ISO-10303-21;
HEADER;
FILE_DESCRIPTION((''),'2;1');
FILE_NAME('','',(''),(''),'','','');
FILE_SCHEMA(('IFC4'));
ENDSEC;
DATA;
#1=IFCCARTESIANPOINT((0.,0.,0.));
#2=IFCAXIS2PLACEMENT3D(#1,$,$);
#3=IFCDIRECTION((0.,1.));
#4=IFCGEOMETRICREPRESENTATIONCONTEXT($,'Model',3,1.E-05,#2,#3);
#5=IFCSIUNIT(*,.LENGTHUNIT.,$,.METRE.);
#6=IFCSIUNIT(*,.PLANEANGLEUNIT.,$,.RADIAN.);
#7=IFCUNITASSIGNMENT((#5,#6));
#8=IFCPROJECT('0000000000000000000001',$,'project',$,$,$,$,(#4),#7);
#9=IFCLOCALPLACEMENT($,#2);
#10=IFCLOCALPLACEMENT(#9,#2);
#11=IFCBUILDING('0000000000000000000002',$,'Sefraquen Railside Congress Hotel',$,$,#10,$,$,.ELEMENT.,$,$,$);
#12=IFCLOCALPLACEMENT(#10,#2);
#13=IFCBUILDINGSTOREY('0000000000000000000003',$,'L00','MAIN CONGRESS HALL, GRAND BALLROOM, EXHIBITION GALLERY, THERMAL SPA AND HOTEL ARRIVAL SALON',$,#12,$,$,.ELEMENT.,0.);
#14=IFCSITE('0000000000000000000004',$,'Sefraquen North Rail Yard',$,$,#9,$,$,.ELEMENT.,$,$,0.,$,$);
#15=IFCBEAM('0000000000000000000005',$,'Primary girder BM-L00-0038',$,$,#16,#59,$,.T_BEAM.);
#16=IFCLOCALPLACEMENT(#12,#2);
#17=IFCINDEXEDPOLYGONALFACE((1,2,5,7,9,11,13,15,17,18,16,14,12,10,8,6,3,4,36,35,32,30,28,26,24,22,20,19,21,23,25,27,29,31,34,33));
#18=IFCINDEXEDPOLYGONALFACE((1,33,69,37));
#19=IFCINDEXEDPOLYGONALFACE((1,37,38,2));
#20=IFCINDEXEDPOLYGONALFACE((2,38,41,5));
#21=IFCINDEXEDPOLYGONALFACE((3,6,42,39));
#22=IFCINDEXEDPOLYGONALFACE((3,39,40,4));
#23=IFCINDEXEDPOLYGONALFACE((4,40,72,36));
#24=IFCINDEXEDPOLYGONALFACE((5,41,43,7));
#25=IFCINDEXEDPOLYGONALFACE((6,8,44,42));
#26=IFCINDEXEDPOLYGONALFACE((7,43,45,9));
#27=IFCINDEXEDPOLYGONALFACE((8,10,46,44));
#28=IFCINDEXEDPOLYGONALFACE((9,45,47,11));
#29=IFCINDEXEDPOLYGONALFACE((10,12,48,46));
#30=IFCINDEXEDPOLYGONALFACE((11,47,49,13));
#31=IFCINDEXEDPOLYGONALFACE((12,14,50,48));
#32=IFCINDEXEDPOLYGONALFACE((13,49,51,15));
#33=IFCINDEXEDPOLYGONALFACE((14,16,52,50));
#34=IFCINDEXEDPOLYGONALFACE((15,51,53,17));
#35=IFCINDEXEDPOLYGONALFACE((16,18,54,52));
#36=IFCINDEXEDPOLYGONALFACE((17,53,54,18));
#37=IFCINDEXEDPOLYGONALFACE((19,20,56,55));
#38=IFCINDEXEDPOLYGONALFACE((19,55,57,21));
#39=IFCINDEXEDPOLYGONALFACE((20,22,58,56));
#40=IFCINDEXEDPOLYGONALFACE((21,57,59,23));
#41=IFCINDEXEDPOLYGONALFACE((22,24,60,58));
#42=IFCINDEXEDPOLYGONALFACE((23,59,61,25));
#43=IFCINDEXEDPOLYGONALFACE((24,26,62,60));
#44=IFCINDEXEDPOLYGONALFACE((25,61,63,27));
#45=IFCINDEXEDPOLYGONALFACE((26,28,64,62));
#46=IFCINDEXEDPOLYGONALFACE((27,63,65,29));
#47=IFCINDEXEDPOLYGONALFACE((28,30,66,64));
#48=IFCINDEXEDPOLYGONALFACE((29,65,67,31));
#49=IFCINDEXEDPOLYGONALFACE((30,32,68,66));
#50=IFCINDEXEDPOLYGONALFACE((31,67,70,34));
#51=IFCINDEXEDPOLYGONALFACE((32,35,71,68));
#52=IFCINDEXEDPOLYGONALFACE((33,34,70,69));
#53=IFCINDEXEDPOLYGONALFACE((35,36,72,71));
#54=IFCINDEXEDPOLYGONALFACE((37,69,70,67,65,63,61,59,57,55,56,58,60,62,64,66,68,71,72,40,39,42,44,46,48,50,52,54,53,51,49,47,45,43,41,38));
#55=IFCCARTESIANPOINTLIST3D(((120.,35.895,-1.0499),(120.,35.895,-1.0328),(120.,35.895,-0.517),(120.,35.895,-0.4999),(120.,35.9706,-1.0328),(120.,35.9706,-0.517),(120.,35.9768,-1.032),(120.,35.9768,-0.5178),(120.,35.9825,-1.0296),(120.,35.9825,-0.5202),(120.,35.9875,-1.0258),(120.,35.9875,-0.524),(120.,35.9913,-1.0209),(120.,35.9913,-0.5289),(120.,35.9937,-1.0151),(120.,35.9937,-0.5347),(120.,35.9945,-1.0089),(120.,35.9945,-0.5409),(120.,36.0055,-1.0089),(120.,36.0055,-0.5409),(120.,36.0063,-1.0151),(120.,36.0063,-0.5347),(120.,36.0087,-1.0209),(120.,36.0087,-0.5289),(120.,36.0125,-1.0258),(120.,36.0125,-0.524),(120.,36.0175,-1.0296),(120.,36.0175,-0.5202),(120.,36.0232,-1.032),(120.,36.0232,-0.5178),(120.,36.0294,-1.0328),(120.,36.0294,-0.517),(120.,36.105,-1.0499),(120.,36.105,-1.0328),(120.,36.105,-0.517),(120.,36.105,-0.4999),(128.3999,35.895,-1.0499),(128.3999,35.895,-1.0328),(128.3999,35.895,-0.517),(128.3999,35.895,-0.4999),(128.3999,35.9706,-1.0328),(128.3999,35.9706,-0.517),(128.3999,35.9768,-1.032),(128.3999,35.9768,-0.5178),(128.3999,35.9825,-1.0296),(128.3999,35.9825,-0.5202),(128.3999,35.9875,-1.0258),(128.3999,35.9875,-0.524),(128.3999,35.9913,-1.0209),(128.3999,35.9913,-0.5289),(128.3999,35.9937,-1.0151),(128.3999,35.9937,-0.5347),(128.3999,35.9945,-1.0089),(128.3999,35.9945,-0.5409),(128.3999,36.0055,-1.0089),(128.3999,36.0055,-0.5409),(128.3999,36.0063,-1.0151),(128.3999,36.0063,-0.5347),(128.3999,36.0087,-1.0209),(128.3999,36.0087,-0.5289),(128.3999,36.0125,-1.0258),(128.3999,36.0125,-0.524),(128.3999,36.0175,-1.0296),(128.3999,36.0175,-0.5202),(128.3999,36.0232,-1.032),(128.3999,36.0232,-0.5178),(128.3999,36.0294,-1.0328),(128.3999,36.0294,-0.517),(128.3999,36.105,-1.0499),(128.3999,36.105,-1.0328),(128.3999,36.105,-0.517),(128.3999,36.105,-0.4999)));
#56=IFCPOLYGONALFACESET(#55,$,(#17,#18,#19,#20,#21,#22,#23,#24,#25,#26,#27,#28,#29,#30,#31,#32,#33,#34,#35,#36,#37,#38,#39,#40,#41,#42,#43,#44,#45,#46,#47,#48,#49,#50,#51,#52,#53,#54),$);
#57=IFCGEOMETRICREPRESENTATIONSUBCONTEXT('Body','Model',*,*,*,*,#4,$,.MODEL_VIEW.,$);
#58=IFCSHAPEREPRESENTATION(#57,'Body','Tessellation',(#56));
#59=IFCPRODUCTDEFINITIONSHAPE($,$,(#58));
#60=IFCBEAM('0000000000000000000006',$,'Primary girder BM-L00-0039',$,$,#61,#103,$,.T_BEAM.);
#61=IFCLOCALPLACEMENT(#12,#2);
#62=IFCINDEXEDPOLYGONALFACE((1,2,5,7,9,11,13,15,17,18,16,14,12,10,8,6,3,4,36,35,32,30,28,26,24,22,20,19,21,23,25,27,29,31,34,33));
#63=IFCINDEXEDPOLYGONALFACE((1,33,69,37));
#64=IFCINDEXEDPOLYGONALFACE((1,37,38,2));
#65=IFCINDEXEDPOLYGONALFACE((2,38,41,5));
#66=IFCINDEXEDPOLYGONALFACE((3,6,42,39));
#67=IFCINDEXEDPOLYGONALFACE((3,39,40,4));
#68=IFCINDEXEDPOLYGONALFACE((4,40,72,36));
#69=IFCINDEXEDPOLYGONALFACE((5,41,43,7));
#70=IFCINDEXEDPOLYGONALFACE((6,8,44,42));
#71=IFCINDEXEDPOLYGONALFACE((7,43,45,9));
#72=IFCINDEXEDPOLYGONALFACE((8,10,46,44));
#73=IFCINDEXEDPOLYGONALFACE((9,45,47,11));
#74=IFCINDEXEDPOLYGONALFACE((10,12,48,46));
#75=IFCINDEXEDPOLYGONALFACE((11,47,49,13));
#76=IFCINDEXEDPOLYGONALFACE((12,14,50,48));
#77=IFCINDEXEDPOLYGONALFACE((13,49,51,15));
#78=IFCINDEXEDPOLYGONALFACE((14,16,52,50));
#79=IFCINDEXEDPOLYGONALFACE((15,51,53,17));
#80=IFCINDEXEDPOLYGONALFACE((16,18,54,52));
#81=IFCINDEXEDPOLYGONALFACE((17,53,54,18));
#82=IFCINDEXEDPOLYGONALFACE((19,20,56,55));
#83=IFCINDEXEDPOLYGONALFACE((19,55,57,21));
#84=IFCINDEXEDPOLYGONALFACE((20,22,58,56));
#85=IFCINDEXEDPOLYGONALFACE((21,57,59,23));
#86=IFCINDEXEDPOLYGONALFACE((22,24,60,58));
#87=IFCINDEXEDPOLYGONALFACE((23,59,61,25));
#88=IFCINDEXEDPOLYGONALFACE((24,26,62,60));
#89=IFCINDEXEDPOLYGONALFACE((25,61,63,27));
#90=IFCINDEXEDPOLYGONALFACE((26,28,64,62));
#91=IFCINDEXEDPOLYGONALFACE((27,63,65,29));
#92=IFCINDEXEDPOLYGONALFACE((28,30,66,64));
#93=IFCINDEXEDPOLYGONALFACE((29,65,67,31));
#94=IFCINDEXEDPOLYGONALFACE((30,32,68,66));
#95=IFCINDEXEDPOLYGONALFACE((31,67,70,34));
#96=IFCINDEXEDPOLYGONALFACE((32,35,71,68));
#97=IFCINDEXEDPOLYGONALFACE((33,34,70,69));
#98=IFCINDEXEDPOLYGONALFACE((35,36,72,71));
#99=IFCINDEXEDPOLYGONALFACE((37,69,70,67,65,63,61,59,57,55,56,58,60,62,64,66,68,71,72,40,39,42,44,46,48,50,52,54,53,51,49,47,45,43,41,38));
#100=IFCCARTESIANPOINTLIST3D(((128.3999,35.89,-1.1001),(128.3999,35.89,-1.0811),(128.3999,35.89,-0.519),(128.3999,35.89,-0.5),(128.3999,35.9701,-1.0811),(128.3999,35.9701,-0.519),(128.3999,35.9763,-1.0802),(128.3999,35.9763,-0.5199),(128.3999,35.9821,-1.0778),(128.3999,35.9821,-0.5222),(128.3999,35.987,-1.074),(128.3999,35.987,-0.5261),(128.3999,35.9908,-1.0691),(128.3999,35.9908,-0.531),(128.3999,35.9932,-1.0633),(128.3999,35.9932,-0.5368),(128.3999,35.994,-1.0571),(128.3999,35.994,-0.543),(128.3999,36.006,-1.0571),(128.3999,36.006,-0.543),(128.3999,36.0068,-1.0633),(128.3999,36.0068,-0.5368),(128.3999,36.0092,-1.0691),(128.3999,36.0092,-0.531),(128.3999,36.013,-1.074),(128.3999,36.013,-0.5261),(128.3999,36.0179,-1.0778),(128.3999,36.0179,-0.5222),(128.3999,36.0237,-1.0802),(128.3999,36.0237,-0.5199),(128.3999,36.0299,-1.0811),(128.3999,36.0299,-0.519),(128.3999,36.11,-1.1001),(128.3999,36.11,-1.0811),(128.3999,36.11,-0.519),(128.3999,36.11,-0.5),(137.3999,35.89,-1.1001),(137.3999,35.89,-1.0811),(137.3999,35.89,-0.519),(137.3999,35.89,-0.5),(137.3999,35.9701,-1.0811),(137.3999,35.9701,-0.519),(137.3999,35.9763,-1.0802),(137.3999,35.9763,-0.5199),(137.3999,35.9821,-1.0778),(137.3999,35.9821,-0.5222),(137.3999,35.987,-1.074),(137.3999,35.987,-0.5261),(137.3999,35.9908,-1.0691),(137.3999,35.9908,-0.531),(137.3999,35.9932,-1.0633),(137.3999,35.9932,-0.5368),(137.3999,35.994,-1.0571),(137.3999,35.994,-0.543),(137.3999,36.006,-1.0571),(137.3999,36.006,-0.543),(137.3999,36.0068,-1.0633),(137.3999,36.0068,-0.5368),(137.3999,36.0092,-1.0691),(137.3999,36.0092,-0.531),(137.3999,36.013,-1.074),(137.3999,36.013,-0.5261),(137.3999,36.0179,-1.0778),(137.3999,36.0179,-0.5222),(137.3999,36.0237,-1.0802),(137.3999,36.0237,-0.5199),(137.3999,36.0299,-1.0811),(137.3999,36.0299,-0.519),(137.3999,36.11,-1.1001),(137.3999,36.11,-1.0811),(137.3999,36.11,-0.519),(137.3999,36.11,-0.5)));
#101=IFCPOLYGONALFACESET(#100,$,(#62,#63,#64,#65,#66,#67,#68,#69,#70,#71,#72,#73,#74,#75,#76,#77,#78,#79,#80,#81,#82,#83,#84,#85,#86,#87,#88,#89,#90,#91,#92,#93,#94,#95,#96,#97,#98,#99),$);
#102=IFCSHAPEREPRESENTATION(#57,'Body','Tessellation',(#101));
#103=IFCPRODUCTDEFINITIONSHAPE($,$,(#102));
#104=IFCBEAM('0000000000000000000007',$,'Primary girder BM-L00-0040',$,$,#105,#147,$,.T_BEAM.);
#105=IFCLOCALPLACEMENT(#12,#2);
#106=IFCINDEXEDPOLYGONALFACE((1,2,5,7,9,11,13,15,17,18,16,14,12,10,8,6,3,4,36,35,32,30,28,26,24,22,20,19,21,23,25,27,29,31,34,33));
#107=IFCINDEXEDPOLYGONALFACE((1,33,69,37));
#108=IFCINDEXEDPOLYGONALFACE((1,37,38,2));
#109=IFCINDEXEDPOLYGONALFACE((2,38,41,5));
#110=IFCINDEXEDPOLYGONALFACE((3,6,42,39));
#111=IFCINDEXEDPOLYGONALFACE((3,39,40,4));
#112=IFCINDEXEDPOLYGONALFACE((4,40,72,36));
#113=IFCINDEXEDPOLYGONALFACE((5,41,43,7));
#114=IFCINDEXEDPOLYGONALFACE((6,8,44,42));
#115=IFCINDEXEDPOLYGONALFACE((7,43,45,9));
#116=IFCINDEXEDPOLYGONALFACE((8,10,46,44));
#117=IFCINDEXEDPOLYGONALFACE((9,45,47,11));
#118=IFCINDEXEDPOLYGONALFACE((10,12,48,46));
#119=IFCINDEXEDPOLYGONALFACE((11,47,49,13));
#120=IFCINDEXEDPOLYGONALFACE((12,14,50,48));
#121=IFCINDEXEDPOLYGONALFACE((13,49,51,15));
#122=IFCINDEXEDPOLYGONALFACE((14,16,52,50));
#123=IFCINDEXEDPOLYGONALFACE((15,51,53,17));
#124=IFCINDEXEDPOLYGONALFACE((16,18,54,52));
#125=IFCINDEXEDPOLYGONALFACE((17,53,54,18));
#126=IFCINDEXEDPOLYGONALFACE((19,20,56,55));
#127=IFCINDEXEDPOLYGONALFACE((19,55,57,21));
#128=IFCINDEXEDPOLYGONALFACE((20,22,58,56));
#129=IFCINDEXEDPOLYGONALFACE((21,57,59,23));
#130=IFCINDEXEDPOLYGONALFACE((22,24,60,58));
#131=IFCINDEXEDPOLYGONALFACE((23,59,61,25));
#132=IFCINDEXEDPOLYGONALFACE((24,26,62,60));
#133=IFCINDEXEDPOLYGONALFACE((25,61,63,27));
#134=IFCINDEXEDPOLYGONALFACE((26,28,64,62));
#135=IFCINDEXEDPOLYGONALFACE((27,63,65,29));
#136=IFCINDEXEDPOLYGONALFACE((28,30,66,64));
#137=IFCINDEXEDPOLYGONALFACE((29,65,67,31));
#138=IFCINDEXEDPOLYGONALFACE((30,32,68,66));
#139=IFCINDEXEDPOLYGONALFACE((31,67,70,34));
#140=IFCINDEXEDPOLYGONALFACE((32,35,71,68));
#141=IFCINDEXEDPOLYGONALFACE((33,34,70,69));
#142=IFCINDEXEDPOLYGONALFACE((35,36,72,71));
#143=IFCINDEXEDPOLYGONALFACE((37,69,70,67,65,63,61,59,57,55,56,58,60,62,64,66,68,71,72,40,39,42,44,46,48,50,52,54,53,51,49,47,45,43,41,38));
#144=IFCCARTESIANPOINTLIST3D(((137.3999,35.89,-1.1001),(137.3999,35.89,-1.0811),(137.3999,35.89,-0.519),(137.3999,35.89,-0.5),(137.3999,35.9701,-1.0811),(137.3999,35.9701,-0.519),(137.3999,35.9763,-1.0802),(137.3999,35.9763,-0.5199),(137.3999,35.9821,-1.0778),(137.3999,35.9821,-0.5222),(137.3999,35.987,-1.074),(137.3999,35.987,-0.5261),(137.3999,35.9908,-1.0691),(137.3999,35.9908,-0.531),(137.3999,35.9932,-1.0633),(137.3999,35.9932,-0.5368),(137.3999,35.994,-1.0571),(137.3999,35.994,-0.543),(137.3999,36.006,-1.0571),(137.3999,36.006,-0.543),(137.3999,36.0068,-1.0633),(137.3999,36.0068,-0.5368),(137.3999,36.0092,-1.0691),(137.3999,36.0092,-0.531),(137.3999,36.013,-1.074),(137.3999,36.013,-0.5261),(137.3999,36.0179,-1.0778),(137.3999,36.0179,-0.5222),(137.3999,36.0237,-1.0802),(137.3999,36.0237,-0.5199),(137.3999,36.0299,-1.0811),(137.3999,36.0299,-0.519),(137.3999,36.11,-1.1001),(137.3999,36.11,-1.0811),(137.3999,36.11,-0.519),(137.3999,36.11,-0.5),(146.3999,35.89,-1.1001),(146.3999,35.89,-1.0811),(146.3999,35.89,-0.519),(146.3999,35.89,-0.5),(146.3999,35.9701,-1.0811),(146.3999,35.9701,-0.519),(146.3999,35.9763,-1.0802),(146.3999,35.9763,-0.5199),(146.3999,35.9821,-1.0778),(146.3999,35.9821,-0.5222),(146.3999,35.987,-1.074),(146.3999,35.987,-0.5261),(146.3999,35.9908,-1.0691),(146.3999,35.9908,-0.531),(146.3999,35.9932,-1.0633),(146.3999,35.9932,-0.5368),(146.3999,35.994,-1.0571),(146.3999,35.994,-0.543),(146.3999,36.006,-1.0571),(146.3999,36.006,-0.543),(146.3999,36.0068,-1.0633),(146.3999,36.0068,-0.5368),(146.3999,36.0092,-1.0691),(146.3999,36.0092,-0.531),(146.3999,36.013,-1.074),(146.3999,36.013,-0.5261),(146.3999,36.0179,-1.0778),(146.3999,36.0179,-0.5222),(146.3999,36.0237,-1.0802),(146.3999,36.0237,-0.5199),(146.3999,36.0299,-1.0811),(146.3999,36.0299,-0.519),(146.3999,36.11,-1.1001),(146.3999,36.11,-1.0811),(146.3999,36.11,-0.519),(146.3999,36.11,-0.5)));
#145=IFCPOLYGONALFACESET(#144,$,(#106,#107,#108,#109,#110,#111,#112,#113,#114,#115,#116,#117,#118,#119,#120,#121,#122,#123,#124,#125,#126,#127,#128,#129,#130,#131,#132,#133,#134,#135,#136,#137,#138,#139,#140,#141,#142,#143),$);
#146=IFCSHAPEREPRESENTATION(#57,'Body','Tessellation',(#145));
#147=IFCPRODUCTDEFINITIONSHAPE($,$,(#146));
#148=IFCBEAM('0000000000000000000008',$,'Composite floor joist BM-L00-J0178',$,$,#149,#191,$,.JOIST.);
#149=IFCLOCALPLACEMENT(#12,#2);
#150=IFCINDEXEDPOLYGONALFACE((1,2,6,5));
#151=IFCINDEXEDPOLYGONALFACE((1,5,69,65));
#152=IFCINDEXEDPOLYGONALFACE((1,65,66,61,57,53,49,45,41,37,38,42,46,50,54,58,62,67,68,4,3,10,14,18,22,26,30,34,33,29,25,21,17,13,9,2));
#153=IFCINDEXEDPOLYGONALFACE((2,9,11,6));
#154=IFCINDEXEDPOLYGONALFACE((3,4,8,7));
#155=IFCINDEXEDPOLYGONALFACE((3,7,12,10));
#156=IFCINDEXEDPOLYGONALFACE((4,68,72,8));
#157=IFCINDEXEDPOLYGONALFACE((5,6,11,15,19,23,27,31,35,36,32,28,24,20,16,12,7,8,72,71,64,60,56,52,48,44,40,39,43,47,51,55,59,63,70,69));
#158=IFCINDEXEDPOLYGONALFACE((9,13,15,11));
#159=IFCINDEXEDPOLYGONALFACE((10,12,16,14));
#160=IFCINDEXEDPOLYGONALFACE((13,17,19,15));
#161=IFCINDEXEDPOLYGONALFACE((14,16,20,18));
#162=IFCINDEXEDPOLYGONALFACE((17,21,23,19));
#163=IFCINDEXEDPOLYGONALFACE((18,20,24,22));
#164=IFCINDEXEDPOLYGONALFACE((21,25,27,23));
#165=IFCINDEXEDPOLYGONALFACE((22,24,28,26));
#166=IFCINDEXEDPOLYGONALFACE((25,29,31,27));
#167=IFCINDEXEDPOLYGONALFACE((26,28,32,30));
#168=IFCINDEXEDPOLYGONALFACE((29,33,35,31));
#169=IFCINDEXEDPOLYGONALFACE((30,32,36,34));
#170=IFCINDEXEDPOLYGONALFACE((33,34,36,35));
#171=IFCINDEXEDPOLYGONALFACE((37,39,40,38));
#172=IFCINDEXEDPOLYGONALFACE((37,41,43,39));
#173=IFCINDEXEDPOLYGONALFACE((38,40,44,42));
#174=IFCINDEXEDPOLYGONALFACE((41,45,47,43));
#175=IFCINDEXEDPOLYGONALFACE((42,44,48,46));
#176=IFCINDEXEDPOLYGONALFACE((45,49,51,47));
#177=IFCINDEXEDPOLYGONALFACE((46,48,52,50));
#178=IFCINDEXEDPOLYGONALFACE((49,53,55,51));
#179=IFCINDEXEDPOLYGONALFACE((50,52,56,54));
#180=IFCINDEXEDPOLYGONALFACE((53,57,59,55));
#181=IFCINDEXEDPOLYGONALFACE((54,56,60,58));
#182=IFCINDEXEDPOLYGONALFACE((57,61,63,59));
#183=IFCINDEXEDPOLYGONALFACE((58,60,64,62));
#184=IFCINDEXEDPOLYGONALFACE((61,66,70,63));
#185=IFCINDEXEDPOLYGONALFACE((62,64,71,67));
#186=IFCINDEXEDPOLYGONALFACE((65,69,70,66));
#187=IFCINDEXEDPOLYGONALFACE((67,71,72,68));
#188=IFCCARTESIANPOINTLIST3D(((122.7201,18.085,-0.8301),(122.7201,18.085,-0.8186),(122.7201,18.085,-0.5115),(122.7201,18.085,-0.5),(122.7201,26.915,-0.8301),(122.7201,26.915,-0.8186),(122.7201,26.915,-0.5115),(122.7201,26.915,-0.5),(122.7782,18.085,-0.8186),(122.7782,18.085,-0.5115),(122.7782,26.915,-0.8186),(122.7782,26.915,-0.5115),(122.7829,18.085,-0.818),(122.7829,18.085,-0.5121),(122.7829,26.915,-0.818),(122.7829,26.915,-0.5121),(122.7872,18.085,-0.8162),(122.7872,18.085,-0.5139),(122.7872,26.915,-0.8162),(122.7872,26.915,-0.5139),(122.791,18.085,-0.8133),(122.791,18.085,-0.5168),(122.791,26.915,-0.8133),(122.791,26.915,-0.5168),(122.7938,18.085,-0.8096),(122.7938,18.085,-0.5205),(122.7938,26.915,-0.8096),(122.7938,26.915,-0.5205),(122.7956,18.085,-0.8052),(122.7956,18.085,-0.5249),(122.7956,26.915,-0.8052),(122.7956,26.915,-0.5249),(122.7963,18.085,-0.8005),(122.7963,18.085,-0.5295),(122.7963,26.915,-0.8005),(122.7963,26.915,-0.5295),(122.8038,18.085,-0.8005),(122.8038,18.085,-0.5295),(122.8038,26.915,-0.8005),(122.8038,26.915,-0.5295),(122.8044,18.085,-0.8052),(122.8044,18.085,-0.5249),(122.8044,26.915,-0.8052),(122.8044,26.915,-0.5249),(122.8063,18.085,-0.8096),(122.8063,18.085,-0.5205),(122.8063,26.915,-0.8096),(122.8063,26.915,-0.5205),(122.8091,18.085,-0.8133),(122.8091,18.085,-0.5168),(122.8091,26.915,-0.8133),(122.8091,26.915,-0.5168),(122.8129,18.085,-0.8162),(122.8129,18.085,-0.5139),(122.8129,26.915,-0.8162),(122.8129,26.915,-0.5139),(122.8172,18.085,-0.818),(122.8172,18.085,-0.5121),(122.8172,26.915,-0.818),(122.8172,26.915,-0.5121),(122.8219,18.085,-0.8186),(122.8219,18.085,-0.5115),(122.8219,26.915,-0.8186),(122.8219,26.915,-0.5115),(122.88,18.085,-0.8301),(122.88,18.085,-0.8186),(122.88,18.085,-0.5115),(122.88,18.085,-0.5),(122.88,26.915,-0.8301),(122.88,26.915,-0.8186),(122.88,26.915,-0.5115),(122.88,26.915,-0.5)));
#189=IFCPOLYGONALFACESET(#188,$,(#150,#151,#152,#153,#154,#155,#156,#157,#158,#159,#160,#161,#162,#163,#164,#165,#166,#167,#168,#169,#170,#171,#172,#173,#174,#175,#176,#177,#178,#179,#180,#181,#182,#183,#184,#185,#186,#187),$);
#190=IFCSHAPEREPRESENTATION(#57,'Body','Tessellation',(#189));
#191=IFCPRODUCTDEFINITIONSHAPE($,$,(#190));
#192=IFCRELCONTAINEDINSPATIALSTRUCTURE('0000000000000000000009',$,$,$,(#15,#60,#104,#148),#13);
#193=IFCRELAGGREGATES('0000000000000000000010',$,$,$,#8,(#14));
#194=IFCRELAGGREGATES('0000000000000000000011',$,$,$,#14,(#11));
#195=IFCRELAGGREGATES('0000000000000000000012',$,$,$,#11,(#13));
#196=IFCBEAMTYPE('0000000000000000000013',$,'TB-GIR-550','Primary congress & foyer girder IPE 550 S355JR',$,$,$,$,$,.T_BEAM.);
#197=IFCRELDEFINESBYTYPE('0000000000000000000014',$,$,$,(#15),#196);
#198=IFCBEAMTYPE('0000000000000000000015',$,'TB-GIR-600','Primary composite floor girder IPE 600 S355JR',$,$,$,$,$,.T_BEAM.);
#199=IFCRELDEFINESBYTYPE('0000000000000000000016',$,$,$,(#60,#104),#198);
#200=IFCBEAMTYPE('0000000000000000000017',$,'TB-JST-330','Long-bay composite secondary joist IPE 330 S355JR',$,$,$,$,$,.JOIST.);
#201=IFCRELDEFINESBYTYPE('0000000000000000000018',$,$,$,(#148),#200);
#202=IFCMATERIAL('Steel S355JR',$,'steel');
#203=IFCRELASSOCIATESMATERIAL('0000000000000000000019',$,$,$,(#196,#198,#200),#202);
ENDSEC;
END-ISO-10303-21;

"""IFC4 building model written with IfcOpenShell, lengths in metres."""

from ifc_helpers import new_model, si_unit, direction, frame, origin, origin_2d, place, context, subcontext, project, spatial, i_section, extrude, material, material_profile, profile_set, type_object, element, save


model = new_model("IFC4")

# Units and contexts
model_context = context("Model", 3, precision=1e-05, world=origin(), true_north=direction((0.0, 1.0)))
body_context = subcontext(model_context, "Body", "Model", "MODEL_VIEW")
ifc_project = project(units=[si_unit("LENGTHUNIT", "METRE"), si_unit("PLANEANGLEUNIT", "RADIAN")], contexts=[model_context])

# Site, building, storey
site_placement = place(None, origin())
site = spatial("IfcSite", under=ifc_project, at=site_placement, Name="Sefraquen North Rail Yard", CompositionType="ELEMENT", RefElevation=0.0)
building_placement = place(site_placement, origin())
building = spatial("IfcBuilding", under=site, at=building_placement, Name="Sefraquen Railside Congress Hotel", CompositionType="ELEMENT")
storey_placement = place(building_placement, origin())
storey = spatial("IfcBuildingStorey", under=building, at=storey_placement, Name="L00", Description="MAIN CONGRESS HALL, GRAND BALLROOM, EXHIBITION GALLERY, THERMAL SPA AND HOTEL ARRIVAL SALON", CompositionType="ELEMENT", Elevation=0.0)

# Shared definitions
ifc_material_1 = material(Name="Steel S355JR", Category="steel")

# Beams
ifc_material_profile_1 = material_profile(ifc_material_1, i_section(OverallWidth=0.21, OverallDepth=0.55, WebThickness=0.011, FlangeThickness=0.0171, FilletRadius=0.0239, at=origin_2d()), Name="IPE 550")
ifc_profile_set_1 = profile_set([ifc_material_profile_1], Name="Steel S355JR")
beam_type_1 = type_object("IfcBeamType", Name="TB-GIR-550", Description="Primary congress & foyer girder IPE 550 S355JR", PredefinedType="T_BEAM", material=ifc_profile_set_1)
for number, where, z_axis, x_axis, name in (
    (1, (120.0, 36.0, -0.7749), (1.0, 0.0, 0.0), (0.0, 1.0, 0.0), "Primary girder BM-L00-0038"),
):
    element("IfcBeam", number, at=place(storey_placement, frame(where, z_axis=z_axis, x_axis=x_axis)), inside=storey, type_object=beam_type_1, Name=name, PredefinedType="T_BEAM", context=body_context, shape_type="SweptSolid", body=[
        extrude(i_section(OverallWidth=0.21, OverallDepth=0.55, WebThickness=0.011, FlangeThickness=0.0171, FilletRadius=0.0239, at=origin_2d()), origin(), (0.0, 0.0, 1.0), 8.3999),
    ])
ifc_material_profile_2 = material_profile(ifc_material_1, i_section(OverallWidth=0.22, OverallDepth=0.6001, WebThickness=0.012, FlangeThickness=0.019, FilletRadius=0.0239, at=origin_2d()), Name="IPE 600")
ifc_profile_set_2 = profile_set([ifc_material_profile_2], Name="Steel S355JR")
beam_type_2 = type_object("IfcBeamType", Name="TB-GIR-600", Description="Primary composite floor girder IPE 600 S355JR", PredefinedType="T_BEAM", material=ifc_profile_set_2)
for number, where, z_axis, x_axis, name in (
    (2, (128.3999, 36.0, -0.8), (1.0, 0.0, 0.0), (0.0, 1.0, 0.0), "Primary girder BM-L00-0039"),
    (3, (137.3999, 36.0, -0.8), (1.0, 0.0, 0.0), (0.0, 1.0, 0.0), "Primary girder BM-L00-0040"),
):
    element("IfcBeam", number, at=place(storey_placement, frame(where, z_axis=z_axis, x_axis=x_axis)), inside=storey, type_object=beam_type_2, Name=name, PredefinedType="T_BEAM", context=body_context, shape_type="SweptSolid", body=[
        extrude(i_section(OverallWidth=0.22, OverallDepth=0.6001, WebThickness=0.012, FlangeThickness=0.019, FilletRadius=0.0239, at=origin_2d()), origin(), (0.0, 0.0, 1.0), 9.0),
    ])
ifc_material_profile_3 = material_profile(ifc_material_1, i_section(OverallWidth=0.1599, OverallDepth=0.3301, WebThickness=0.0076, FlangeThickness=0.0115, FilletRadius=0.0181, at=origin_2d()), Name="IPE 330")
ifc_profile_set_3 = profile_set([ifc_material_profile_3], Name="Steel S355JR")
beam_type_3 = type_object("IfcBeamType", Name="TB-JST-330", Description="Long-bay composite secondary joist IPE 330 S355JR", PredefinedType="JOIST", material=ifc_profile_set_3)
for number, where, z_axis, x_axis, name in (
    (4, (122.8, 18.085, -0.665), (0.0, 1.0, 0.0), (-1.0, 0.0, 0.0), "Composite floor joist BM-L00-J0178"),
):
    element("IfcBeam", number, at=place(storey_placement, frame(where, z_axis=z_axis, x_axis=x_axis)), inside=storey, type_object=beam_type_3, Name=name, PredefinedType="JOIST", context=body_context, shape_type="SweptSolid", body=[
        extrude(i_section(OverallWidth=0.1599, OverallDepth=0.3301, WebThickness=0.0076, FlangeThickness=0.0115, FilletRadius=0.0181, at=origin_2d()), origin(), (0.0, 0.0, 1.0), 8.8301),
    ])

save(model, "model.ifc")
